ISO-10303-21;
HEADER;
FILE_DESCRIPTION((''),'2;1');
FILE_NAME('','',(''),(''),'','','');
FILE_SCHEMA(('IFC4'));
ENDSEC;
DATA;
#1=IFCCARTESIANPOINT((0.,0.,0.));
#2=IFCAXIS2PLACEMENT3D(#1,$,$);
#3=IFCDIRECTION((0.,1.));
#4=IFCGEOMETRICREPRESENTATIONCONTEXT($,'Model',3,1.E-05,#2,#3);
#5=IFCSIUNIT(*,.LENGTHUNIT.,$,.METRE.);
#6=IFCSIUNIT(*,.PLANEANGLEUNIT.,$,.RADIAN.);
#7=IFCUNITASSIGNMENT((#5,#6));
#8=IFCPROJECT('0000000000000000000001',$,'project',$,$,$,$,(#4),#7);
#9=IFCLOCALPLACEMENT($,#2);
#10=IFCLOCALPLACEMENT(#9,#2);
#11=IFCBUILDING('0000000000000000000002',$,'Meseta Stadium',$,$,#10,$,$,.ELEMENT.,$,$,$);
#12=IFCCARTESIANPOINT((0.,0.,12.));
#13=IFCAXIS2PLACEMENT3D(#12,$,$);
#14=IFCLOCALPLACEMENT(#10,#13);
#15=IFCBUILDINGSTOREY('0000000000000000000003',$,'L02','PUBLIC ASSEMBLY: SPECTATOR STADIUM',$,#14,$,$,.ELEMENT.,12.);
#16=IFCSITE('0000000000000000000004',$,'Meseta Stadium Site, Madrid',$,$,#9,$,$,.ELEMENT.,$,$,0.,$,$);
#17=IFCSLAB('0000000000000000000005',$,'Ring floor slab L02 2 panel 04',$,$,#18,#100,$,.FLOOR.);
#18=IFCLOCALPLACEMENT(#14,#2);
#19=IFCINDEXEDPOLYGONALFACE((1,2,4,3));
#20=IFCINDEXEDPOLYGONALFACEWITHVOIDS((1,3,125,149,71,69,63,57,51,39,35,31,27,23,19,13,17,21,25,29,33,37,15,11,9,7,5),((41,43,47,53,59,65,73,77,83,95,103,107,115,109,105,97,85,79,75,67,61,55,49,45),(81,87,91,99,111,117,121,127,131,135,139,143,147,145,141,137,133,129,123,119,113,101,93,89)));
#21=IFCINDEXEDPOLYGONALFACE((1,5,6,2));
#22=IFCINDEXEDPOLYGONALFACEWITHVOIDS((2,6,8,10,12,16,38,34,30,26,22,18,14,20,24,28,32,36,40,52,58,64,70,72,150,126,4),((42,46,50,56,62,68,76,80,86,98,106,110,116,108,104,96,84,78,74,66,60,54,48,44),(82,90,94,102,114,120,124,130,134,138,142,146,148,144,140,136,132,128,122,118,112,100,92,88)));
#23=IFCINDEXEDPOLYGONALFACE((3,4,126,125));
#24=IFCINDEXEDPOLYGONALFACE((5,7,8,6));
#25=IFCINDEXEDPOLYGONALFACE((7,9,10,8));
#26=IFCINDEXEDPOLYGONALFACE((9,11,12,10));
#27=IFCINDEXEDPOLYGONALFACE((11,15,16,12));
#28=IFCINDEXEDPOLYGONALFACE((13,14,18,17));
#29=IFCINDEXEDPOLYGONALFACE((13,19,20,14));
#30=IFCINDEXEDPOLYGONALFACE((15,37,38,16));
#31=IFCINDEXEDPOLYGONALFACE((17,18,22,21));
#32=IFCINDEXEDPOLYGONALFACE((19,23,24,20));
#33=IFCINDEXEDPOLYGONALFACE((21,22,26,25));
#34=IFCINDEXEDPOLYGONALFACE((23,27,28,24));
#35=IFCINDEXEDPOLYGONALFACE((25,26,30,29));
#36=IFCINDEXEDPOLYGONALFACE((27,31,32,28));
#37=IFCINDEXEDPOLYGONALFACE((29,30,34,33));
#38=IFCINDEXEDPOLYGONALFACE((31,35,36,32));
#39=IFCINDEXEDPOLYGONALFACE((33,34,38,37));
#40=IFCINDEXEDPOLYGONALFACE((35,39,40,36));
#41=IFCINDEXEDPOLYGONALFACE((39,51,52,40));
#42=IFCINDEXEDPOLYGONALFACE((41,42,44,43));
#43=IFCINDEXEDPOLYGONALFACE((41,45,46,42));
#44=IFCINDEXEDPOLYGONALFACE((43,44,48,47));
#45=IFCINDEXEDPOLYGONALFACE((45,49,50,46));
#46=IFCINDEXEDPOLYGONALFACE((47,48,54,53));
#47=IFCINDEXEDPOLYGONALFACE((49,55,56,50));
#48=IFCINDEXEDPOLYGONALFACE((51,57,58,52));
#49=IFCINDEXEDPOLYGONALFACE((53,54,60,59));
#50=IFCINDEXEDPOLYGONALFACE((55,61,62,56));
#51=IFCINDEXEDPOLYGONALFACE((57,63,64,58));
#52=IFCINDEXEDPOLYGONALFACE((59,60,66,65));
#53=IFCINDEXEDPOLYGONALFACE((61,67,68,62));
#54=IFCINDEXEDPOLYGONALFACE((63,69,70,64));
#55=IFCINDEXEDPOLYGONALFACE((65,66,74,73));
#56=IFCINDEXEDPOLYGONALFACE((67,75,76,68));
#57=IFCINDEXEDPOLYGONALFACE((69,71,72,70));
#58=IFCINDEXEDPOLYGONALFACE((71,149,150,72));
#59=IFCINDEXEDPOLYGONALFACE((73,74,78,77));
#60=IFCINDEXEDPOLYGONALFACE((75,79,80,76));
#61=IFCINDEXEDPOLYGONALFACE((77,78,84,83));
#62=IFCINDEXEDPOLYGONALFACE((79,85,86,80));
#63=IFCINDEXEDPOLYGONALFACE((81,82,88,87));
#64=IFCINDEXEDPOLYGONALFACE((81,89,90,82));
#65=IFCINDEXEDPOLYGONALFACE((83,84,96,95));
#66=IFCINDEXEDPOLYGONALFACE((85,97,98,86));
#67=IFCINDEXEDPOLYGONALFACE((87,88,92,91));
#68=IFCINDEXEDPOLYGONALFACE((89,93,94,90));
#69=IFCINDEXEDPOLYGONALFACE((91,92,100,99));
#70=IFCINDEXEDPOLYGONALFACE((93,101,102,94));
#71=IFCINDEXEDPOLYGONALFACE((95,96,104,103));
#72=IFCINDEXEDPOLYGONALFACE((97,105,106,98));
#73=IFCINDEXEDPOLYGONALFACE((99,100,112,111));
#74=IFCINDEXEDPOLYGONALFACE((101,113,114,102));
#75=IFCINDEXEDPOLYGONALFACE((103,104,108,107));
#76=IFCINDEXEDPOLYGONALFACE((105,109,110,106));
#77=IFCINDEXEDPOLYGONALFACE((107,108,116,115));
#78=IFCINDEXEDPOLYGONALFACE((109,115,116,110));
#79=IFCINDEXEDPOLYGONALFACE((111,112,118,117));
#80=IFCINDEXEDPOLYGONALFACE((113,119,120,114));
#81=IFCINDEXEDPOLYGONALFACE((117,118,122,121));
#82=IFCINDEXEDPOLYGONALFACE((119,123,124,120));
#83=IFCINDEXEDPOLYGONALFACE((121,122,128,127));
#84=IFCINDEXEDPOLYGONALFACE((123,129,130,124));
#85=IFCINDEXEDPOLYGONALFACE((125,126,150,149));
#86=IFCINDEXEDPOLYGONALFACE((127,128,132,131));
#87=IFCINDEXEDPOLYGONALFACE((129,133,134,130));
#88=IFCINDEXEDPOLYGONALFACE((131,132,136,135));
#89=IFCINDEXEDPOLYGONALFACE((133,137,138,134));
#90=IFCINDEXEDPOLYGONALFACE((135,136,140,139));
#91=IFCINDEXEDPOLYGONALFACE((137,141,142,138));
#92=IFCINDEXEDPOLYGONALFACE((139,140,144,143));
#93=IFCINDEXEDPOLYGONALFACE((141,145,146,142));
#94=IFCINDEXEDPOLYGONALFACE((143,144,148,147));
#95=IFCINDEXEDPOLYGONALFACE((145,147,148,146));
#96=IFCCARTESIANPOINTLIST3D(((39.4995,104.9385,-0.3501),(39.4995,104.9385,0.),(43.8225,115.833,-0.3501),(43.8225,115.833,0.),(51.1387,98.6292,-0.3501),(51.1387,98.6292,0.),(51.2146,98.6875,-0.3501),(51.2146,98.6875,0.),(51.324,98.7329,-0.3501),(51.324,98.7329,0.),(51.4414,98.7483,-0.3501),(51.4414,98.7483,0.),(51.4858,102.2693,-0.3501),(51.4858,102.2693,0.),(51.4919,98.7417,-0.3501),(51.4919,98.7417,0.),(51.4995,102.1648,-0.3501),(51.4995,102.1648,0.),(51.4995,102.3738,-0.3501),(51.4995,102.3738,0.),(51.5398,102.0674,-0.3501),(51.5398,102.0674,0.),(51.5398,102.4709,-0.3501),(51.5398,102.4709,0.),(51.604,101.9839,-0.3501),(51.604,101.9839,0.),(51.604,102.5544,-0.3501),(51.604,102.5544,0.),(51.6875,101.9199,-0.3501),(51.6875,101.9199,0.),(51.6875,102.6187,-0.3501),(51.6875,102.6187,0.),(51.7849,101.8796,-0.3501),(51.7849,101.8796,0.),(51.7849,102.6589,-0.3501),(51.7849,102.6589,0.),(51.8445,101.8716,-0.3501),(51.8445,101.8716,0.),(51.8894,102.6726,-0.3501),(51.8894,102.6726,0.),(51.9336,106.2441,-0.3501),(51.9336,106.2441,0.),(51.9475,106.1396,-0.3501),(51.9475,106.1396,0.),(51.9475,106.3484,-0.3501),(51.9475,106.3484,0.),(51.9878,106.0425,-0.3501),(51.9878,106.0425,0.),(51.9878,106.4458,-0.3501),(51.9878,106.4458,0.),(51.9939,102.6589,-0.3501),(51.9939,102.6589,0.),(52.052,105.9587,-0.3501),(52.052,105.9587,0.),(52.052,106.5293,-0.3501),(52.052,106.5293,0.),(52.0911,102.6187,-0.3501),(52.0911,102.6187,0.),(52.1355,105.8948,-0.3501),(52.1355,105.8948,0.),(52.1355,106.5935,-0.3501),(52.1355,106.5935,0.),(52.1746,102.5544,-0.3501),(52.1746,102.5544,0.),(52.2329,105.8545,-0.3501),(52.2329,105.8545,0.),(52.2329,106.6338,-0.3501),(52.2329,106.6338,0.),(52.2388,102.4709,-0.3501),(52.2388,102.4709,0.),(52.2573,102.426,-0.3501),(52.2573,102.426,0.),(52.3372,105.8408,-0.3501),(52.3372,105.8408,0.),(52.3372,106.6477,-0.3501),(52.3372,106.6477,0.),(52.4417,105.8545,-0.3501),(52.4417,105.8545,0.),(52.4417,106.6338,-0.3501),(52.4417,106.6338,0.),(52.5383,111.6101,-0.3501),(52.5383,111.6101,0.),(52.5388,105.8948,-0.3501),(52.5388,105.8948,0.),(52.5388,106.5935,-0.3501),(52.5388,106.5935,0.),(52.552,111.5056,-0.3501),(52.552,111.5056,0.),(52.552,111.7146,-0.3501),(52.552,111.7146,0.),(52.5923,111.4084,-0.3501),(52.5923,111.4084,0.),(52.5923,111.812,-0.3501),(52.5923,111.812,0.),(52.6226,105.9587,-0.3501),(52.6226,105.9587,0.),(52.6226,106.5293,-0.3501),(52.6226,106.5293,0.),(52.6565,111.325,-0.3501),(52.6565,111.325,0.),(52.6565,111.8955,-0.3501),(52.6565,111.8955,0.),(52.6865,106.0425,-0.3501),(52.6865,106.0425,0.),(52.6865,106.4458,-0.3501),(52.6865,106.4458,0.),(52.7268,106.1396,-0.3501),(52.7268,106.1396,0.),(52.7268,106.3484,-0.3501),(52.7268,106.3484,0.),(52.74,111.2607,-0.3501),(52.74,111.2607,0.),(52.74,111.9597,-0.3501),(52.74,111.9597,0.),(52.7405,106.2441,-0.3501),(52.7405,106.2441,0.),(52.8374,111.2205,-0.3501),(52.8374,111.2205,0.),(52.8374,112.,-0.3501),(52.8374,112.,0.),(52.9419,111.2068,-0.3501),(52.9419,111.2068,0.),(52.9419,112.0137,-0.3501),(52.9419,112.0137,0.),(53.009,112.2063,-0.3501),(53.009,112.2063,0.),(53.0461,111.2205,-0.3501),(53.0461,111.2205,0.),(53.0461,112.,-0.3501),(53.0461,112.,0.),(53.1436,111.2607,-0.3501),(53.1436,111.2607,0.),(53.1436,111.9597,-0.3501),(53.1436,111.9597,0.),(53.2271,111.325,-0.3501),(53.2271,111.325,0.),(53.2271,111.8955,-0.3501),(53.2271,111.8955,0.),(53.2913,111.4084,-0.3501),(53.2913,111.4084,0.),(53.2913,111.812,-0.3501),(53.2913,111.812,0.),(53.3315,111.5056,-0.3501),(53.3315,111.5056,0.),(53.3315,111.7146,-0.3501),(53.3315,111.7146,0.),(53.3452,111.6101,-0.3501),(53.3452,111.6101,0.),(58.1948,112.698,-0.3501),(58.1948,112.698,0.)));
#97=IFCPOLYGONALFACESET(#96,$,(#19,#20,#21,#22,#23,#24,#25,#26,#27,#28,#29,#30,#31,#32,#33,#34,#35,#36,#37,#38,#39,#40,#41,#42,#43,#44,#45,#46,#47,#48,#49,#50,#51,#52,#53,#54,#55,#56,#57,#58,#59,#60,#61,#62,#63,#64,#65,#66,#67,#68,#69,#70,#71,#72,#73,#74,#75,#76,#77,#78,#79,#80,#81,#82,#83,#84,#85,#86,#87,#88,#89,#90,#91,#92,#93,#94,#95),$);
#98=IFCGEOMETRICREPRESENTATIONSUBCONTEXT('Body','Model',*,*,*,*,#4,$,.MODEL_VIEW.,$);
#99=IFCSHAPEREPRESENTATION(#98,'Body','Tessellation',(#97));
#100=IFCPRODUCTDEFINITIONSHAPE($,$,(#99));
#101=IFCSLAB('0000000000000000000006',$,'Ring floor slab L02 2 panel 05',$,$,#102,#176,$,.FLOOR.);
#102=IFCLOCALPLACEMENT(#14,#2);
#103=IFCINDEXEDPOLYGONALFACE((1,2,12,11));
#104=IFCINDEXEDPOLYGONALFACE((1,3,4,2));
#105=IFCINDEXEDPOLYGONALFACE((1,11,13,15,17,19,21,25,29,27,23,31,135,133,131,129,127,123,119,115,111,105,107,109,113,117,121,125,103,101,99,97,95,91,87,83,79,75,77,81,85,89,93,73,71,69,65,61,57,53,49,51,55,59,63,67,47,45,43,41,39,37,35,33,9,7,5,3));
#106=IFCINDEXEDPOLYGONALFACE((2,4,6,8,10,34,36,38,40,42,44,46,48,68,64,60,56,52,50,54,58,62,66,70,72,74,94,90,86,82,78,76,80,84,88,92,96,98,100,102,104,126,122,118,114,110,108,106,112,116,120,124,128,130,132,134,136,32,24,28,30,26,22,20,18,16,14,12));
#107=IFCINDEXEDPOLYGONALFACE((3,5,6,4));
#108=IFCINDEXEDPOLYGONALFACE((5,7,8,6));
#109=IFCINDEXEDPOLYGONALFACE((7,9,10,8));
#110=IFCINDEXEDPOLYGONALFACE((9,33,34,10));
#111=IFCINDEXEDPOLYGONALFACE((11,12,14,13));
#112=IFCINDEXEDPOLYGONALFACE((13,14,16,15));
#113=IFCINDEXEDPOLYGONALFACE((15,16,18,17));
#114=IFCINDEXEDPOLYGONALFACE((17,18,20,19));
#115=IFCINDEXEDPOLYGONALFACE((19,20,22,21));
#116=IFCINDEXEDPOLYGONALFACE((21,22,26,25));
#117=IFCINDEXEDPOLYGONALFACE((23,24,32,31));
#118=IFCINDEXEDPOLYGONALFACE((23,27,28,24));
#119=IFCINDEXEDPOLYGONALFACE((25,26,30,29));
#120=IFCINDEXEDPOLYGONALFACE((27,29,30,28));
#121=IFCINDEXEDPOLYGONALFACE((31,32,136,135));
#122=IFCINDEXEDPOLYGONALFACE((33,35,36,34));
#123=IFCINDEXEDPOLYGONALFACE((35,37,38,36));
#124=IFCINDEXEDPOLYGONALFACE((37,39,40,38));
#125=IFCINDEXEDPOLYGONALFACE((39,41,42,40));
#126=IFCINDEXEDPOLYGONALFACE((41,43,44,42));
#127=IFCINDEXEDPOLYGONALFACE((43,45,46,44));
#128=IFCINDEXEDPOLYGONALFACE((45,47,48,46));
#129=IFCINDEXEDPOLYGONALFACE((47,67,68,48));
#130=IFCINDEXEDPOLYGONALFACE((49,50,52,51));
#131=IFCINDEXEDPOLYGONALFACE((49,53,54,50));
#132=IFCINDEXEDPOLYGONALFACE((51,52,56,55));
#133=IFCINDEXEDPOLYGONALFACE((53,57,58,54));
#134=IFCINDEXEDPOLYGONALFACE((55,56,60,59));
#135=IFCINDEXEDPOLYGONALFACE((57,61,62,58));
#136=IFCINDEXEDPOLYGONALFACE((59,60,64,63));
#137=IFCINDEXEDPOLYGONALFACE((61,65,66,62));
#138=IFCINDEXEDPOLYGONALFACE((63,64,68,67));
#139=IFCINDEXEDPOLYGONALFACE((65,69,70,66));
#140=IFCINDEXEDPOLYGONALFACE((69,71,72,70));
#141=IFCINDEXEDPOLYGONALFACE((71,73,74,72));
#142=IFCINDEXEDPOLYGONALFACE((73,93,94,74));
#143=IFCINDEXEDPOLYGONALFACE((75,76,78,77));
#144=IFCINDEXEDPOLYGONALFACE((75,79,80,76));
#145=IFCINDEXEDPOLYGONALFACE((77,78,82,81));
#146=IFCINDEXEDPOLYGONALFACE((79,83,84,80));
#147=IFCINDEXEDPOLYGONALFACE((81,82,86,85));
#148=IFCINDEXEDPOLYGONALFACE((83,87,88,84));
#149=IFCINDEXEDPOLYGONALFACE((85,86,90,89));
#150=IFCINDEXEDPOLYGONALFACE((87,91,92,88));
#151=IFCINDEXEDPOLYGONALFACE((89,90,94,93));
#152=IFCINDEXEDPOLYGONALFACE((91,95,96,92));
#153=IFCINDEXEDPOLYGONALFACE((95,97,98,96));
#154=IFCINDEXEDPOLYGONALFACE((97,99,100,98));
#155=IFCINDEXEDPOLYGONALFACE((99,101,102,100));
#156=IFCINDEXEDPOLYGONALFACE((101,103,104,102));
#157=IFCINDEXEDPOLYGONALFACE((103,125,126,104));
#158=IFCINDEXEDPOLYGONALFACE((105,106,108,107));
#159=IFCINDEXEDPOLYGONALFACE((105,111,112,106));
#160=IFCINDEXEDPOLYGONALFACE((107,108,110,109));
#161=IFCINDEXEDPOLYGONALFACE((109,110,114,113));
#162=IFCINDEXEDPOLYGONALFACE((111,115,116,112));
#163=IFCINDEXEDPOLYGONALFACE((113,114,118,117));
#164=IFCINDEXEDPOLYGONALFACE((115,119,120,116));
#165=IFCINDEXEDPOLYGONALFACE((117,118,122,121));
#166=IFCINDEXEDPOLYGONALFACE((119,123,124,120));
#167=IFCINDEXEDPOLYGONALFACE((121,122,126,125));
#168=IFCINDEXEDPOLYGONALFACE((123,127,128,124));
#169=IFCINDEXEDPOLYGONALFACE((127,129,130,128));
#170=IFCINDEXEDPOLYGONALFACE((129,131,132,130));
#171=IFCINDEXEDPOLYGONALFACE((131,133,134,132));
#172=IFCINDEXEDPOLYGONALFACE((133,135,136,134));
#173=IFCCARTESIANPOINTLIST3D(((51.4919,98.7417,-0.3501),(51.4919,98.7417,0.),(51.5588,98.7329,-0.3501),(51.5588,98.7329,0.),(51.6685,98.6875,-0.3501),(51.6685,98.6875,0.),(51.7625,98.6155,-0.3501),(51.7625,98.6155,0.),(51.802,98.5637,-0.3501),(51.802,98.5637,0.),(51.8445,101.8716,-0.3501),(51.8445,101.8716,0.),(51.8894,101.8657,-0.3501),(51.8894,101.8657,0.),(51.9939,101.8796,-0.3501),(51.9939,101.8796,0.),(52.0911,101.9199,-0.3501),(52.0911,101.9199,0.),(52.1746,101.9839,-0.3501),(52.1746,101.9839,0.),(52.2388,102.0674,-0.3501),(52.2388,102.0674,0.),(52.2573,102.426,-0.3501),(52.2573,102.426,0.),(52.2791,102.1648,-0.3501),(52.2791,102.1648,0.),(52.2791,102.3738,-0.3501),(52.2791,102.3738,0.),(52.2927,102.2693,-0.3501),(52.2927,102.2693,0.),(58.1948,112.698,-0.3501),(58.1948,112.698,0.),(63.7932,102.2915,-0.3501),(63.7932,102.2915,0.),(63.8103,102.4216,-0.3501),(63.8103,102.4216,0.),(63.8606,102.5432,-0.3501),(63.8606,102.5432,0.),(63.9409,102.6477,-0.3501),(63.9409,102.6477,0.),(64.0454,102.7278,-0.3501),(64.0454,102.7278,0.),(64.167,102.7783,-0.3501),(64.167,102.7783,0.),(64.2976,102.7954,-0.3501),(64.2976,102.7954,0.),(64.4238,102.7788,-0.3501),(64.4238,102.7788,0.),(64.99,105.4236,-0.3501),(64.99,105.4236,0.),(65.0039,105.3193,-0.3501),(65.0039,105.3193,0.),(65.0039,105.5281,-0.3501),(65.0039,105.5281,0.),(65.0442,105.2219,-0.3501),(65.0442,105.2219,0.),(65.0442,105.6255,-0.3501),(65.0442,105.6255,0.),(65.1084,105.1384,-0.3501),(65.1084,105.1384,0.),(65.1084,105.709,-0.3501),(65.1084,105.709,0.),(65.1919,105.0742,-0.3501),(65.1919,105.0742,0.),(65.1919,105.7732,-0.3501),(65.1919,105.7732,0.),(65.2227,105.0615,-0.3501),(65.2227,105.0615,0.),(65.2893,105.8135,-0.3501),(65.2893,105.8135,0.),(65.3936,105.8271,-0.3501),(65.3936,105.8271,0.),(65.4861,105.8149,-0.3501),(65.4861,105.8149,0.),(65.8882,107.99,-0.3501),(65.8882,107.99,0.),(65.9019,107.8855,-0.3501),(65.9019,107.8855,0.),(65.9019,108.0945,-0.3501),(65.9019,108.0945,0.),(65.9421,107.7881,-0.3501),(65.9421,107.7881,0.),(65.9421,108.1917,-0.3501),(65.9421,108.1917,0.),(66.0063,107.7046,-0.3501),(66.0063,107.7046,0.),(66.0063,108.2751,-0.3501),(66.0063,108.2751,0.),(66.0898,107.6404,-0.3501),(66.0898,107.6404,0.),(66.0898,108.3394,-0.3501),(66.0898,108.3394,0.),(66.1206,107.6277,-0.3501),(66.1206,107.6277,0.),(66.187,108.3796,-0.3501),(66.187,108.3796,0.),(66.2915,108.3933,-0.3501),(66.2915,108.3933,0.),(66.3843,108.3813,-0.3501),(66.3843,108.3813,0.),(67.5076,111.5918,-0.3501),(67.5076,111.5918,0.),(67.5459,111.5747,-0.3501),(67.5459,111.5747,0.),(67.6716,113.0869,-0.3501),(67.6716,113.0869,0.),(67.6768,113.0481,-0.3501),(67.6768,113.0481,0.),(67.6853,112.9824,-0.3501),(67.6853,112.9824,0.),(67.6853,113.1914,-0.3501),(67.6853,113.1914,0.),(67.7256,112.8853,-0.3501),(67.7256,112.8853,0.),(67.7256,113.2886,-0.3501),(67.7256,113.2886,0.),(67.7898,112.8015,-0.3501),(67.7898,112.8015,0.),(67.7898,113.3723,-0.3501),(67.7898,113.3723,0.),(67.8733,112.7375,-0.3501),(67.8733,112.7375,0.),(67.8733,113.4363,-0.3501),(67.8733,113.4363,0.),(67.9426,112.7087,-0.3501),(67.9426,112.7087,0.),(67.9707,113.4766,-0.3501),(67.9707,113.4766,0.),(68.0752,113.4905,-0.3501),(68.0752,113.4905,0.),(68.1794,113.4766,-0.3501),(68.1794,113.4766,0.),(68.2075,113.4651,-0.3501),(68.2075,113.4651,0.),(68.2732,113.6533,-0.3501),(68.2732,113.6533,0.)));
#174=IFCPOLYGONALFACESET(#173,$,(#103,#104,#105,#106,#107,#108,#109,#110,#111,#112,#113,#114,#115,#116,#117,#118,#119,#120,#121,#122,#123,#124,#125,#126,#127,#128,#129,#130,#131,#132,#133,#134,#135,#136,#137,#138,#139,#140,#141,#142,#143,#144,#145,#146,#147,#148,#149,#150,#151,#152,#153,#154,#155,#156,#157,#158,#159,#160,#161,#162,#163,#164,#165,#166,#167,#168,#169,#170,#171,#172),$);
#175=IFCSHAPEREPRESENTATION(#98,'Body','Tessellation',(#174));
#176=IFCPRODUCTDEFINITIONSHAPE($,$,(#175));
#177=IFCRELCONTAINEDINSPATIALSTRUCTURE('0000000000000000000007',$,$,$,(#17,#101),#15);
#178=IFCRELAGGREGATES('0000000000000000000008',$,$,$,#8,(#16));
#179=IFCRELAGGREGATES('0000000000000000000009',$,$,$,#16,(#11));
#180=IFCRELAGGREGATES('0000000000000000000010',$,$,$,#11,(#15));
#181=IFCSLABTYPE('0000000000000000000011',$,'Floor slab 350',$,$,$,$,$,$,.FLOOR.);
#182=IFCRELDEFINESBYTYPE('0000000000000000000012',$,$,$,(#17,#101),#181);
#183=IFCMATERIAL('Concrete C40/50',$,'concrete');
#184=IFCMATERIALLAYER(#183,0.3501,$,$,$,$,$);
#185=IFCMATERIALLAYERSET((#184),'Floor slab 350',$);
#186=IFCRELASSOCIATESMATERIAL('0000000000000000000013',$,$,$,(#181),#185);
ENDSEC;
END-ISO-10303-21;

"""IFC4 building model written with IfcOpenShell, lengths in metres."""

from ifc_helpers import new_model, si_unit, direction, frame, origin, place, context, subcontext, project, spatial, polyline, outline, extrude, material, layer, layer_set, type_object, element, save


model = new_model("IFC4")

# Units and contexts
model_context = context("Model", 3, precision=1e-05, world=origin(), true_north=direction((0.0, 1.0)))
body_context = subcontext(model_context, "Body", "Model", "MODEL_VIEW")
ifc_project = project(units=[si_unit("LENGTHUNIT", "METRE"), si_unit("PLANEANGLEUNIT", "RADIAN")], contexts=[model_context])

# Site, building, storey
site_placement = place(None, origin())
site = spatial("IfcSite", under=ifc_project, at=site_placement, Name="Meseta Stadium Site, Madrid", CompositionType="ELEMENT", RefElevation=0.0)
building_placement = place(site_placement, origin())
building = spatial("IfcBuilding", under=site, at=building_placement, Name="Meseta Stadium", CompositionType="ELEMENT")
storey_placement = place(building_placement, frame((0.0, 0.0, 12.0)))
storey = spatial("IfcBuildingStorey", under=building, at=storey_placement, Name="L02", Description="PUBLIC ASSEMBLY: SPECTATOR STADIUM", CompositionType="ELEMENT", Elevation=12.0)

# Slabs
ifc_material_1 = material(Name="Concrete C40/50", Category="concrete")
ifc_layer_1 = layer(ifc_material_1, 0.3501)
ifc_layer_set_1 = layer_set([ifc_layer_1], Name="Floor slab 350")
slab_type_1 = type_object("IfcSlabType", Name="Floor slab 350", PredefinedType="FLOOR", material=ifc_layer_set_1)
slab_1_placement = place(storey_placement, frame((0.0, 0.0, -0.3501)))
element("IfcSlab", 1, at=slab_1_placement, inside=storey, type_object=slab_type_1, Name="Ring floor slab L02 2 panel 04", PredefinedType="FLOOR", context=body_context, shape_type="SweptSolid", body=[
    extrude(outline(polyline([(51.324, 98.7329), (51.4414, 98.7483), (51.4919, 98.7417), (51.8445, 101.8716), (51.7849, 101.8796), (51.6875, 101.9199), (51.604, 101.9839), (51.5398, 102.0674), (51.4995, 102.1648), (51.4858, 102.2693), (51.4995, 102.3738), (51.5398, 102.4709), (51.604, 102.5544), (51.6875, 102.6187), (51.7849, 102.6589), (51.8894, 102.6726), (51.9939, 102.6589), (52.0911, 102.6187), (52.1746, 102.5544), (52.2388, 102.4709), (52.2573, 102.426), (58.1948, 112.698), (53.009, 112.2063), (43.8225, 115.833), (39.4995, 104.9385), (51.1387, 98.6292), (51.2146, 98.6875), (51.324, 98.7329)]), holes=[polyline([(52.5383, 111.6101), (52.552, 111.7146), (52.5923, 111.812), (52.6565, 111.8955), (52.74, 111.9597), (52.8374, 112.0), (52.9419, 112.0137), (53.0461, 112.0), (53.1436, 111.9597), (53.2271, 111.8955), (53.2913, 111.812), (53.3315, 111.7146), (53.3452, 111.6101), (53.3315, 111.5056), (53.2913, 111.4084), (53.2271, 111.325), (53.1436, 111.2607), (53.0461, 111.2205), (52.9419, 111.2068), (52.8374, 111.2205), (52.74, 111.2607), (52.6565, 111.325), (52.5923, 111.4084), (52.552, 111.5056), (52.5383, 111.6101)]), polyline([(52.052, 106.5293), (52.1355, 106.5935), (52.2329, 106.6338), (52.3372, 106.6477), (52.4417, 106.6338), (52.5388, 106.5935), (52.6226, 106.5293), (52.6865, 106.4458), (52.7268, 106.3484), (52.7405, 106.2441), (52.7268, 106.1396), (52.6865, 106.0425), (52.6226, 105.9587), (52.5388, 105.8948), (52.4417, 105.8545), (52.3372, 105.8408), (52.2329, 105.8545), (52.1355, 105.8948), (52.052, 105.9587), (51.9878, 106.0425), (51.9475, 106.1396), (51.9336, 106.2441), (51.9475, 106.3484), (51.9878, 106.4458), (52.052, 106.5293)])]), origin(), (0.0, 0.0, 1.0), 0.3501),
])
slab_2_placement = place(storey_placement, frame((0.0, 0.0, -0.3501)))
element("IfcSlab", 2, at=slab_2_placement, inside=storey, type_object=slab_type_1, Name="Ring floor slab L02 2 panel 05", PredefinedType="FLOOR", context=body_context, shape_type="SweptSolid", body=[
    extrude(outline(polyline([(64.2976, 102.7954), (64.4238, 102.7788), (65.2227, 105.0615), (65.1919, 105.0742), (65.1084, 105.1384), (65.0442, 105.2219), (65.0039, 105.3193), (64.99, 105.4236), (65.0039, 105.5281), (65.0442, 105.6255), (65.1084, 105.709), (65.1919, 105.7732), (65.2893, 105.8135), (65.3936, 105.8271), (65.4861, 105.8149), (66.1206, 107.6277), (66.0898, 107.6404), (66.0063, 107.7046), (65.9421, 107.7881), (65.9019, 107.8855), (65.8882, 107.99), (65.9019, 108.0945), (65.9421, 108.1917), (66.0063, 108.2751), (66.0898, 108.3394), (66.187, 108.3796), (66.2915, 108.3933), (66.3843, 108.3813), (67.5076, 111.5918), (67.5459, 111.5747), (67.9426, 112.7087), (67.8733, 112.7375), (67.7898, 112.8015), (67.7256, 112.8853), (67.6853, 112.9824), (67.6768, 113.0481), (67.6716, 113.0869), (67.6853, 113.1914), (67.7256, 113.2886), (67.7898, 113.3723), (67.8733, 113.4363), (67.9707, 113.4766), (68.0752, 113.4905), (68.1794, 113.4766), (68.2075, 113.4651), (68.2732, 113.6533), (58.1948, 112.698), (52.2573, 102.426), (52.2791, 102.3738), (52.2927, 102.2693), (52.2791, 102.1648), (52.2388, 102.0674), (52.1746, 101.9839), (52.0911, 101.9199), (51.9939, 101.8796), (51.8894, 101.8657), (51.8445, 101.8716), (51.4919, 98.7417), (51.5588, 98.7329), (51.6685, 98.6875), (51.7625, 98.6155), (51.802, 98.5637), (63.7932, 102.2915), (63.8103, 102.4216), (63.8606, 102.5432), (63.9409, 102.6477), (64.0454, 102.7278), (64.167, 102.7783), (64.2976, 102.7954)])), origin(), (0.0, 0.0, 1.0), 0.3501),
])

save(model, "model.ifc")
